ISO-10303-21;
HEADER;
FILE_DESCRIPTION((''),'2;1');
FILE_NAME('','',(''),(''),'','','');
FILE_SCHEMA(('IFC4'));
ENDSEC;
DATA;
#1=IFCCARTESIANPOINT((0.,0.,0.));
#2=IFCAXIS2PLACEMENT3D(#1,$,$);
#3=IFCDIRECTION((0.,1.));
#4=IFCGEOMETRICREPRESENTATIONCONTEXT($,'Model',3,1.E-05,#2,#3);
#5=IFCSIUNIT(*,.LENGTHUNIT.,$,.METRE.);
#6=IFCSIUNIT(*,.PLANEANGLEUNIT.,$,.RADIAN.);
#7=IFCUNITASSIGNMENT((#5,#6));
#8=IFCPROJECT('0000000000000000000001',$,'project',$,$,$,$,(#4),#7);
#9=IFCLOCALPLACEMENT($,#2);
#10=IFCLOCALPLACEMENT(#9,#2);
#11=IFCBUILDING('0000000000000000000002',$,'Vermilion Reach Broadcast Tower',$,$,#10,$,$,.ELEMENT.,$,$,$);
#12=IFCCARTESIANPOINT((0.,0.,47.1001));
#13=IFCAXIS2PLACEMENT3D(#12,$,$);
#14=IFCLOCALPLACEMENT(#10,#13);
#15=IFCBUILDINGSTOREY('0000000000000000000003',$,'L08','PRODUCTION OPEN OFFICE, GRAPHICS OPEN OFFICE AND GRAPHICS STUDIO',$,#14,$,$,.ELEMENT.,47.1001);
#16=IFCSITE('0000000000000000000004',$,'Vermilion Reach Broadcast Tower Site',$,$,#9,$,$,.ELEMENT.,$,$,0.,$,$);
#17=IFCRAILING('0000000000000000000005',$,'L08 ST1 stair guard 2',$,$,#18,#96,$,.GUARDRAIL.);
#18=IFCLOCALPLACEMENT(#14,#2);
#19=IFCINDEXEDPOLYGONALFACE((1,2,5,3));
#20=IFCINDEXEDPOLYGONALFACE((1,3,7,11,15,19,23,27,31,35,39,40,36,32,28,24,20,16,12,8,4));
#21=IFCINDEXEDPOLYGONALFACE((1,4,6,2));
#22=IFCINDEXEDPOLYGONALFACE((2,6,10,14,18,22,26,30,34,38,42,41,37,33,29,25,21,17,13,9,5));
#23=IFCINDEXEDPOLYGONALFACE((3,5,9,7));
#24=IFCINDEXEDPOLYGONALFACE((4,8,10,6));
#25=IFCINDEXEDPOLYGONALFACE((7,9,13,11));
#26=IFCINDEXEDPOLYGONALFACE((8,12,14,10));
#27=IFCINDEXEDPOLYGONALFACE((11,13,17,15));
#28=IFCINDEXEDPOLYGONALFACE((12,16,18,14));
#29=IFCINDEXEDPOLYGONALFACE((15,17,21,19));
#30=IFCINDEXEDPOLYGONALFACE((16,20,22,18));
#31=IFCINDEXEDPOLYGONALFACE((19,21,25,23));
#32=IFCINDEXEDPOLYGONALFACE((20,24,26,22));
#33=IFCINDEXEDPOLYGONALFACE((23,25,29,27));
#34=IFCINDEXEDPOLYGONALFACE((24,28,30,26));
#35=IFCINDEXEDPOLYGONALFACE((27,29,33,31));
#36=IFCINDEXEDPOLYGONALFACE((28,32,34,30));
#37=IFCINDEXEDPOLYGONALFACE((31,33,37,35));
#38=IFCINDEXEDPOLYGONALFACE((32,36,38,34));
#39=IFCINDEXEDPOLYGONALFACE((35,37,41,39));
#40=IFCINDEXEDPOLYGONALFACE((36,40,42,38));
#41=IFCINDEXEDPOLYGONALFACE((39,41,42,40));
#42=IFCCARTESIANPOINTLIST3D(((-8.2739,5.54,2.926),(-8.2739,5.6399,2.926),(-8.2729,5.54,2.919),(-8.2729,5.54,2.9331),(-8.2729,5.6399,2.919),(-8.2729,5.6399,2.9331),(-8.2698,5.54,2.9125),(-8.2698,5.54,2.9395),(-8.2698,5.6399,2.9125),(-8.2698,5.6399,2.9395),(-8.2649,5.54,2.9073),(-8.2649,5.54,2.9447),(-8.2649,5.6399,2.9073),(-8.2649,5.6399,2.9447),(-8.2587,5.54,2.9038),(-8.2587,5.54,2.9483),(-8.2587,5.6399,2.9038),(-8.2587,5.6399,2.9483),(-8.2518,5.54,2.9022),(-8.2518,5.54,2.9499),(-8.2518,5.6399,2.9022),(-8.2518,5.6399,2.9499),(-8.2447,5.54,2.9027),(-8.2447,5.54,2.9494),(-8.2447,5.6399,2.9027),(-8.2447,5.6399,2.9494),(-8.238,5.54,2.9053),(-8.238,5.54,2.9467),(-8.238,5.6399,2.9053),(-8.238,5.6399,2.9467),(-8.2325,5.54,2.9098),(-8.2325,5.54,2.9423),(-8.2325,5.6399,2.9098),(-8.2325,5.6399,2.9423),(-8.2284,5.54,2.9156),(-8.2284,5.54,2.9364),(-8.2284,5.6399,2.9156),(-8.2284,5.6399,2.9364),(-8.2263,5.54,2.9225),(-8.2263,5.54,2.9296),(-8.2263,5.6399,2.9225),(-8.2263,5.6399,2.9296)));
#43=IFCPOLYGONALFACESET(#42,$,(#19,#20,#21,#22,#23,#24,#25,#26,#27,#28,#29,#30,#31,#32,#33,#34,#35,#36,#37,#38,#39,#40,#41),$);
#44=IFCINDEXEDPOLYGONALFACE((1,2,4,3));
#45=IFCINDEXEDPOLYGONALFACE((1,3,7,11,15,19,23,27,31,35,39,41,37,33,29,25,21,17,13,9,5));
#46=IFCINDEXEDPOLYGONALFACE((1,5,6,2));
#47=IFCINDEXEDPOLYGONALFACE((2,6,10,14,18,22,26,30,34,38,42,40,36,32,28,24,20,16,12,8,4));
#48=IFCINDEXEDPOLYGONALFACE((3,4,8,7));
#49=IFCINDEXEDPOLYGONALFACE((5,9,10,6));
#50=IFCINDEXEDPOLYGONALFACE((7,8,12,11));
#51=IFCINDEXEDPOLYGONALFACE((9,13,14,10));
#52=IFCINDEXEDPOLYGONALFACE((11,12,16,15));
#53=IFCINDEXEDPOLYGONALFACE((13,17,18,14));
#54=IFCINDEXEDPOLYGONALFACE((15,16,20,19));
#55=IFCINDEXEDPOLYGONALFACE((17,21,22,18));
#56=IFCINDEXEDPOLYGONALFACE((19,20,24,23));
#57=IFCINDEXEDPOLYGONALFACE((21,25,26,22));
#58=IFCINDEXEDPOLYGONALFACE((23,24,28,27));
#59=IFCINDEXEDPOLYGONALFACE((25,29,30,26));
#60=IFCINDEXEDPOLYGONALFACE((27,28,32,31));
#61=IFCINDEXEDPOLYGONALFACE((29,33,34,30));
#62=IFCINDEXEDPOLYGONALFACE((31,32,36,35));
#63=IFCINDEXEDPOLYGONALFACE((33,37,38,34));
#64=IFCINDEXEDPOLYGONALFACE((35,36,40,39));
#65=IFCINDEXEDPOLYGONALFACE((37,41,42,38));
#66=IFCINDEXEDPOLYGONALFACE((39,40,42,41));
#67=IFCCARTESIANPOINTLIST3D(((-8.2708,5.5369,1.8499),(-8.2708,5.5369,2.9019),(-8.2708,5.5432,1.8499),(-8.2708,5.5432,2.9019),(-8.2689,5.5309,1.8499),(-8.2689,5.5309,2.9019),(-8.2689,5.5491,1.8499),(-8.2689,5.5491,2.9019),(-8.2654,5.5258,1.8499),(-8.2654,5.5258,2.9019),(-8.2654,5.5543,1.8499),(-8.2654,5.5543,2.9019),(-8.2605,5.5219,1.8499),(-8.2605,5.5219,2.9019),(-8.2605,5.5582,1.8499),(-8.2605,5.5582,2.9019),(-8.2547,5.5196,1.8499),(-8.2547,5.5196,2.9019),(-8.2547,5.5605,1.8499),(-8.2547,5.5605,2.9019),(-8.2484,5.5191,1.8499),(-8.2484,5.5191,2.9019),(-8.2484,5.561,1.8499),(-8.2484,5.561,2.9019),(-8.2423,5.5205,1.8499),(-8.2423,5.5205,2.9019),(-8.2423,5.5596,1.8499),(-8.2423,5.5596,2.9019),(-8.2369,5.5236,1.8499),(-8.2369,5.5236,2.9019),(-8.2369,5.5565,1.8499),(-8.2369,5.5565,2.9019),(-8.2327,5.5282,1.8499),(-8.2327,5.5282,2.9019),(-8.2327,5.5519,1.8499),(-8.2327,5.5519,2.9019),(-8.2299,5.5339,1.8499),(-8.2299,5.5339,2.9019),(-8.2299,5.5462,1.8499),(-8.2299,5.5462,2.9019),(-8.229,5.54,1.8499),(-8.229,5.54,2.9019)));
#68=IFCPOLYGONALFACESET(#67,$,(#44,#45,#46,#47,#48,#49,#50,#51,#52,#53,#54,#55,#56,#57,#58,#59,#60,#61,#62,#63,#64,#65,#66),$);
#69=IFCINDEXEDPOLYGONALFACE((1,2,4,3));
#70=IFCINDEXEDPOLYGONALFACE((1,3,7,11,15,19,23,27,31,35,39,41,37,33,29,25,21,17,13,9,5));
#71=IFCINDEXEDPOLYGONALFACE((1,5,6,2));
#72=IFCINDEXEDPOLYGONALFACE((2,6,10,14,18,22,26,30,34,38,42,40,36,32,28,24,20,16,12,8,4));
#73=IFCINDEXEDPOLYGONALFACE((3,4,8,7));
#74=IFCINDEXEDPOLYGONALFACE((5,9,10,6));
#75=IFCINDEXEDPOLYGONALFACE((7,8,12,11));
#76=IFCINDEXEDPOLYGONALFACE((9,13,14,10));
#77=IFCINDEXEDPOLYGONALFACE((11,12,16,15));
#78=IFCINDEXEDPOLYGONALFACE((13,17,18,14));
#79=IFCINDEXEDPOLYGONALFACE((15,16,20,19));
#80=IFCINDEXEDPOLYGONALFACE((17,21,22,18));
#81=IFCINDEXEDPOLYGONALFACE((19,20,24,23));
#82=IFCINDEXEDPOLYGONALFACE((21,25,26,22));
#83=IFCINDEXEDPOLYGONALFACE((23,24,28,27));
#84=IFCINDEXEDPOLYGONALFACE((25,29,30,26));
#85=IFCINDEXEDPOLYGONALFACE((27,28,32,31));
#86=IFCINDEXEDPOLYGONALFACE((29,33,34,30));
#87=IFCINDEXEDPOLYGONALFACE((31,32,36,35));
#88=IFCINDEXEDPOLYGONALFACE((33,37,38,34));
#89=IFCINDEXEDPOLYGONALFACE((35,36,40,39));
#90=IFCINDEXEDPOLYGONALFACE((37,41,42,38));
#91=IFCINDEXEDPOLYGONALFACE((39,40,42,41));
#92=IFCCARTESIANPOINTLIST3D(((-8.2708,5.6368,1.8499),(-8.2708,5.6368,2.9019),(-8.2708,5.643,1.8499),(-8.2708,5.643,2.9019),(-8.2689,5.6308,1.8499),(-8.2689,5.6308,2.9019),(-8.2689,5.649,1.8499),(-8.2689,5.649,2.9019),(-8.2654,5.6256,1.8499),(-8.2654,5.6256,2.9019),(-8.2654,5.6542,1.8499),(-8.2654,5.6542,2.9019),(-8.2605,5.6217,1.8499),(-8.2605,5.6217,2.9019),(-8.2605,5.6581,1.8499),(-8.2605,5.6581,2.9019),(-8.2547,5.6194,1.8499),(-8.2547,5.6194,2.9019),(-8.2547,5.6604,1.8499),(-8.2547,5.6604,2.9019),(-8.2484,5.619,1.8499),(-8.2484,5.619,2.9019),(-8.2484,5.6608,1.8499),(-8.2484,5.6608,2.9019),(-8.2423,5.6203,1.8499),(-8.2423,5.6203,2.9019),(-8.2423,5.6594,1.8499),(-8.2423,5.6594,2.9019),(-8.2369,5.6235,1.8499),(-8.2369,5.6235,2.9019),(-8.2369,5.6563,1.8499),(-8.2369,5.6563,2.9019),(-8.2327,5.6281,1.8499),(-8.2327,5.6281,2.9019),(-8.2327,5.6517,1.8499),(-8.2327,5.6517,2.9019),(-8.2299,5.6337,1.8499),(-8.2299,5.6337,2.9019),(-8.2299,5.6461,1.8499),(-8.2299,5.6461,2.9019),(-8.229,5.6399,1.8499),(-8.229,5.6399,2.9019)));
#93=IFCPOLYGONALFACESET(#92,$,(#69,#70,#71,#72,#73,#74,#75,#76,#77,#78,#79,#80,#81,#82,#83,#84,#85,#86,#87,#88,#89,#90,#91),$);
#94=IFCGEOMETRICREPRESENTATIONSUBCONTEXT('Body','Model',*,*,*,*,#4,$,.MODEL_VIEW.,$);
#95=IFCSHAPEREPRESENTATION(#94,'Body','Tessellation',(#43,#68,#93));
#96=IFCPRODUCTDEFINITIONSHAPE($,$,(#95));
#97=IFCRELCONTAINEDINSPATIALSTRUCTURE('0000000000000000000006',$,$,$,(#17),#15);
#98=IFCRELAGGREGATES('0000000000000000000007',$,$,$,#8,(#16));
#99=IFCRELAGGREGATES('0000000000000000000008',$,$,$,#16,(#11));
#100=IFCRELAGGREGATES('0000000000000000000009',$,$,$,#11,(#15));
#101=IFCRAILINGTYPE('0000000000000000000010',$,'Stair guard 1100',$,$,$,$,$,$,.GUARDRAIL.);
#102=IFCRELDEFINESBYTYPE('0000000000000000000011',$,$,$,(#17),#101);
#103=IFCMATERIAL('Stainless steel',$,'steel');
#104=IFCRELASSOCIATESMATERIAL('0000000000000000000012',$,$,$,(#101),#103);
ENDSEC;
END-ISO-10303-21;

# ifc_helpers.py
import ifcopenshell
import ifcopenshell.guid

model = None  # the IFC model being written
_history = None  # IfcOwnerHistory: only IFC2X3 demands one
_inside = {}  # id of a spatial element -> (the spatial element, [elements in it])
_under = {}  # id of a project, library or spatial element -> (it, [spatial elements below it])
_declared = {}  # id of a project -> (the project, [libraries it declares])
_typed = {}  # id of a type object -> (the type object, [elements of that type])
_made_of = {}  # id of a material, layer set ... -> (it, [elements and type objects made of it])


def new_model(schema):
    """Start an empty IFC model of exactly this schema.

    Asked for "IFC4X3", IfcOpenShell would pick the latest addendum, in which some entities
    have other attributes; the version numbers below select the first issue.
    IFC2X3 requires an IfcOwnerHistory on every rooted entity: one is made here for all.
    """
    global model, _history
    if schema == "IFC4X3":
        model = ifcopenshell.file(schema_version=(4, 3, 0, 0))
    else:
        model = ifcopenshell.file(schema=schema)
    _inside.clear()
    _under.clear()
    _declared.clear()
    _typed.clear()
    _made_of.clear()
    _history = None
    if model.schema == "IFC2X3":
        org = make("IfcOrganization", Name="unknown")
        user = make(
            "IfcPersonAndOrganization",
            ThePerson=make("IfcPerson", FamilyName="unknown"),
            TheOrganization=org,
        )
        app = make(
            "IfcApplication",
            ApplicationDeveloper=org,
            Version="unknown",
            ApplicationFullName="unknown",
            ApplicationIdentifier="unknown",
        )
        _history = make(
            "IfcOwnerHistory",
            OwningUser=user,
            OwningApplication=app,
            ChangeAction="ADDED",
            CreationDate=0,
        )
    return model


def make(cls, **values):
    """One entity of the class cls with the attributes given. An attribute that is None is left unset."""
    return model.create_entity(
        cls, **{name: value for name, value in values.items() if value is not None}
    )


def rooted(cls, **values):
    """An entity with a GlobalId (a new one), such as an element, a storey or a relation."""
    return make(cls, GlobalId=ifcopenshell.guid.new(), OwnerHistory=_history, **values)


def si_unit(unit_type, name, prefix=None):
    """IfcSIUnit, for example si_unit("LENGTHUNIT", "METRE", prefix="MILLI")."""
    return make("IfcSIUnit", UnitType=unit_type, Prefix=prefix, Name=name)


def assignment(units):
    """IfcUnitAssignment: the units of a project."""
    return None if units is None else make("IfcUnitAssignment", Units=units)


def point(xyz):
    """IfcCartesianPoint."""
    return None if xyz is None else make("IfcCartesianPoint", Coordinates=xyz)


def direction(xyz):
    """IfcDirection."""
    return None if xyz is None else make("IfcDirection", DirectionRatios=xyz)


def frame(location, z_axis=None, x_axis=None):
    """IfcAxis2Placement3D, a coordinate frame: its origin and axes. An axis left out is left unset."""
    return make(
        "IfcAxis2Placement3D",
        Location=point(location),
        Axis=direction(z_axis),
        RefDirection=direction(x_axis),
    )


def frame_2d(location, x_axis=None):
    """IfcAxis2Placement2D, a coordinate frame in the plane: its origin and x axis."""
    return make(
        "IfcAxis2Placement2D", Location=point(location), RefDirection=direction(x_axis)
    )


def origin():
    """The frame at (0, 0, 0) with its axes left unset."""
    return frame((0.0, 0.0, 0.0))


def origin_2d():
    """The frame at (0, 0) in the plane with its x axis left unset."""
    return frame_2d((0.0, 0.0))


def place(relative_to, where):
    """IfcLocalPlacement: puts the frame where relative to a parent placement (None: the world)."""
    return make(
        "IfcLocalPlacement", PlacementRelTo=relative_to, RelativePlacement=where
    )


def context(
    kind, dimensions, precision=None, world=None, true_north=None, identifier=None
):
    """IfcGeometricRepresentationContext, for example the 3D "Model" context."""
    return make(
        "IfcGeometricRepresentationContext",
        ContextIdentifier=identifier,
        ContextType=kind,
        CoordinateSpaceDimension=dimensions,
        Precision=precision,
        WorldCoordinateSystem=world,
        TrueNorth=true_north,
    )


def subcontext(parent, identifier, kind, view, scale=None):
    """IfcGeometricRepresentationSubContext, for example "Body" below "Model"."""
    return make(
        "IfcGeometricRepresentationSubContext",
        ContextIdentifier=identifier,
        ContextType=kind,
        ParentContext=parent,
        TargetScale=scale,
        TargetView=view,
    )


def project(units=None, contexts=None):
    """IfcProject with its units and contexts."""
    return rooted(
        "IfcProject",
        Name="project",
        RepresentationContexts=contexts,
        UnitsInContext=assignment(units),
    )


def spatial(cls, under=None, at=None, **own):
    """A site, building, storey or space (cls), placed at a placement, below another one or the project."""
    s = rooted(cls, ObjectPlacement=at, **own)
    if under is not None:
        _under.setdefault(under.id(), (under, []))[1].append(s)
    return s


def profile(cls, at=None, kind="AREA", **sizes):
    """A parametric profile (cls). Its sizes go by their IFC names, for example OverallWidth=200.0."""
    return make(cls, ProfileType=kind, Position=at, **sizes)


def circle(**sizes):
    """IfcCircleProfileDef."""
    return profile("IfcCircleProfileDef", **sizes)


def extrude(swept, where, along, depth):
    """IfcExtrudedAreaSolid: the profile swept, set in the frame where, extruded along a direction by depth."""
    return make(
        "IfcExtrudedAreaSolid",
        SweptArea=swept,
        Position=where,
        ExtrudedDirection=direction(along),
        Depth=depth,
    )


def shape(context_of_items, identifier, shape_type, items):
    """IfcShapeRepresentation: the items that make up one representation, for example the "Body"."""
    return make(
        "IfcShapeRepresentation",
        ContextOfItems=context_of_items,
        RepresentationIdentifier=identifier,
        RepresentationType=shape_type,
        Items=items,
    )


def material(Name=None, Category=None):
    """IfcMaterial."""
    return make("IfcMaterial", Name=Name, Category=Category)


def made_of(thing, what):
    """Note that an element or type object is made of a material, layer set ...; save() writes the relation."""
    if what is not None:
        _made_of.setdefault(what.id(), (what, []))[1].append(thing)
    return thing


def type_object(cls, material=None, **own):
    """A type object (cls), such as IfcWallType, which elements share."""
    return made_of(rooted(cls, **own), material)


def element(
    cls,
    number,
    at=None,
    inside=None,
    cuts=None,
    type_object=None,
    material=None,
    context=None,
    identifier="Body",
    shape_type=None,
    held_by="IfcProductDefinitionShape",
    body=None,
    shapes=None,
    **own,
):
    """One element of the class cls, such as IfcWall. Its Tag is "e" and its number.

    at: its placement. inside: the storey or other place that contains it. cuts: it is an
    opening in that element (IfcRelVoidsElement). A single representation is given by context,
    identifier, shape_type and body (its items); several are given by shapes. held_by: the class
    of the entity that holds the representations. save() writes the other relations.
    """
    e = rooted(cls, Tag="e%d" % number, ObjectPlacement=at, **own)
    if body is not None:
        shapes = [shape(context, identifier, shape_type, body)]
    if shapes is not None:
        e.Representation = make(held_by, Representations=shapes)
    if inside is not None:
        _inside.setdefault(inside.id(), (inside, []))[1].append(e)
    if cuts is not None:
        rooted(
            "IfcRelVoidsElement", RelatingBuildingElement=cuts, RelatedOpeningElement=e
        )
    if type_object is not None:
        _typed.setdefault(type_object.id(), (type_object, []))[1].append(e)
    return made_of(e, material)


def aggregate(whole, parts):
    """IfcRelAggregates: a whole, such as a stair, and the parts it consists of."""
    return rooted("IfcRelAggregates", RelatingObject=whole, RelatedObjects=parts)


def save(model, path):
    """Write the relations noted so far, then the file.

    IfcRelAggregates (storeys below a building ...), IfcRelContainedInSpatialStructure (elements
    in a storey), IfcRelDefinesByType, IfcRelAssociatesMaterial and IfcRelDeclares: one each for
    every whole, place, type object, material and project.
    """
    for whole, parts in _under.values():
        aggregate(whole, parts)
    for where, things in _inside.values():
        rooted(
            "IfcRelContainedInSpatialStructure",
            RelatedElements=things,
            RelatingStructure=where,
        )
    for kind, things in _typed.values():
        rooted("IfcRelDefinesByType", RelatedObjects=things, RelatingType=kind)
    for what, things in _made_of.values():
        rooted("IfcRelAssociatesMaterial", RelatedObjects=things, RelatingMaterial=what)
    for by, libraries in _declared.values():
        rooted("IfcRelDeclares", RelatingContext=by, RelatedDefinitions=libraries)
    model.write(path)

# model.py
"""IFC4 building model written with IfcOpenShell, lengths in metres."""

from ifc_helpers import new_model, si_unit, direction, frame, origin, origin_2d, place, context, subcontext, project, spatial, circle, extrude, material, type_object, element, save


model = new_model("IFC4")

# Units and contexts
model_context = context("Model", 3, precision=1e-05, world=origin(), true_north=direction((0.0, 1.0)))
body_context = subcontext(model_context, "Body", "Model", "MODEL_VIEW")
ifc_project = project(units=[si_unit("LENGTHUNIT", "METRE"), si_unit("PLANEANGLEUNIT", "RADIAN")], contexts=[model_context])

# Site, building, storey
site_placement = place(None, origin())
site = spatial("IfcSite", under=ifc_project, at=site_placement, Name="Vermilion Reach Broadcast Tower Site", CompositionType="ELEMENT", RefElevation=0.0)
building_placement = place(site_placement, origin())
building = spatial("IfcBuilding", under=site, at=building_placement, Name="Vermilion Reach Broadcast Tower", CompositionType="ELEMENT")
storey_placement = place(building_placement, frame((0.0, 0.0, 47.1001)))
storey = spatial("IfcBuildingStorey", under=building, at=storey_placement, Name="L08", Description="PRODUCTION OPEN OFFICE, GRAPHICS OPEN OFFICE AND GRAPHICS STUDIO", CompositionType="ELEMENT", Elevation=47.1001)

# Railing
ifc_material_1 = material(Name="Stainless steel", Category="steel")
railing_type_1 = type_object("IfcRailingType", Name="Stair guard 1100", PredefinedType="GUARDRAIL", material=ifc_material_1)
railing_1_placement = place(storey_placement, frame((-8.25, 5.54, 1.8499)))
element("IfcRailing", 1, at=railing_1_placement, inside=storey, type_object=railing_type_1, Name="L08 ST1 stair guard 2", PredefinedType="GUARDRAIL", context=body_context, shape_type="SweptSolid", body=[
    extrude(circle(Radius=0.0239, at=origin_2d()), frame((0.0, 0.0, 1.0762), z_axis=(0.0, 1.0, 0.0), x_axis=(-1.0, 0.0, 0.0)), (0.0, 0.0, 1.0), 0.0999),
    extrude(circle(Radius=0.021, at=origin_2d()), origin(), (0.0, 0.0, 1.0), 1.052),
    extrude(circle(Radius=0.021, at=origin_2d()), frame((0.0, 0.0999, 0.0)), (0.0, 0.0, 1.0), 1.052),
])

save(model, "model.ifc")
